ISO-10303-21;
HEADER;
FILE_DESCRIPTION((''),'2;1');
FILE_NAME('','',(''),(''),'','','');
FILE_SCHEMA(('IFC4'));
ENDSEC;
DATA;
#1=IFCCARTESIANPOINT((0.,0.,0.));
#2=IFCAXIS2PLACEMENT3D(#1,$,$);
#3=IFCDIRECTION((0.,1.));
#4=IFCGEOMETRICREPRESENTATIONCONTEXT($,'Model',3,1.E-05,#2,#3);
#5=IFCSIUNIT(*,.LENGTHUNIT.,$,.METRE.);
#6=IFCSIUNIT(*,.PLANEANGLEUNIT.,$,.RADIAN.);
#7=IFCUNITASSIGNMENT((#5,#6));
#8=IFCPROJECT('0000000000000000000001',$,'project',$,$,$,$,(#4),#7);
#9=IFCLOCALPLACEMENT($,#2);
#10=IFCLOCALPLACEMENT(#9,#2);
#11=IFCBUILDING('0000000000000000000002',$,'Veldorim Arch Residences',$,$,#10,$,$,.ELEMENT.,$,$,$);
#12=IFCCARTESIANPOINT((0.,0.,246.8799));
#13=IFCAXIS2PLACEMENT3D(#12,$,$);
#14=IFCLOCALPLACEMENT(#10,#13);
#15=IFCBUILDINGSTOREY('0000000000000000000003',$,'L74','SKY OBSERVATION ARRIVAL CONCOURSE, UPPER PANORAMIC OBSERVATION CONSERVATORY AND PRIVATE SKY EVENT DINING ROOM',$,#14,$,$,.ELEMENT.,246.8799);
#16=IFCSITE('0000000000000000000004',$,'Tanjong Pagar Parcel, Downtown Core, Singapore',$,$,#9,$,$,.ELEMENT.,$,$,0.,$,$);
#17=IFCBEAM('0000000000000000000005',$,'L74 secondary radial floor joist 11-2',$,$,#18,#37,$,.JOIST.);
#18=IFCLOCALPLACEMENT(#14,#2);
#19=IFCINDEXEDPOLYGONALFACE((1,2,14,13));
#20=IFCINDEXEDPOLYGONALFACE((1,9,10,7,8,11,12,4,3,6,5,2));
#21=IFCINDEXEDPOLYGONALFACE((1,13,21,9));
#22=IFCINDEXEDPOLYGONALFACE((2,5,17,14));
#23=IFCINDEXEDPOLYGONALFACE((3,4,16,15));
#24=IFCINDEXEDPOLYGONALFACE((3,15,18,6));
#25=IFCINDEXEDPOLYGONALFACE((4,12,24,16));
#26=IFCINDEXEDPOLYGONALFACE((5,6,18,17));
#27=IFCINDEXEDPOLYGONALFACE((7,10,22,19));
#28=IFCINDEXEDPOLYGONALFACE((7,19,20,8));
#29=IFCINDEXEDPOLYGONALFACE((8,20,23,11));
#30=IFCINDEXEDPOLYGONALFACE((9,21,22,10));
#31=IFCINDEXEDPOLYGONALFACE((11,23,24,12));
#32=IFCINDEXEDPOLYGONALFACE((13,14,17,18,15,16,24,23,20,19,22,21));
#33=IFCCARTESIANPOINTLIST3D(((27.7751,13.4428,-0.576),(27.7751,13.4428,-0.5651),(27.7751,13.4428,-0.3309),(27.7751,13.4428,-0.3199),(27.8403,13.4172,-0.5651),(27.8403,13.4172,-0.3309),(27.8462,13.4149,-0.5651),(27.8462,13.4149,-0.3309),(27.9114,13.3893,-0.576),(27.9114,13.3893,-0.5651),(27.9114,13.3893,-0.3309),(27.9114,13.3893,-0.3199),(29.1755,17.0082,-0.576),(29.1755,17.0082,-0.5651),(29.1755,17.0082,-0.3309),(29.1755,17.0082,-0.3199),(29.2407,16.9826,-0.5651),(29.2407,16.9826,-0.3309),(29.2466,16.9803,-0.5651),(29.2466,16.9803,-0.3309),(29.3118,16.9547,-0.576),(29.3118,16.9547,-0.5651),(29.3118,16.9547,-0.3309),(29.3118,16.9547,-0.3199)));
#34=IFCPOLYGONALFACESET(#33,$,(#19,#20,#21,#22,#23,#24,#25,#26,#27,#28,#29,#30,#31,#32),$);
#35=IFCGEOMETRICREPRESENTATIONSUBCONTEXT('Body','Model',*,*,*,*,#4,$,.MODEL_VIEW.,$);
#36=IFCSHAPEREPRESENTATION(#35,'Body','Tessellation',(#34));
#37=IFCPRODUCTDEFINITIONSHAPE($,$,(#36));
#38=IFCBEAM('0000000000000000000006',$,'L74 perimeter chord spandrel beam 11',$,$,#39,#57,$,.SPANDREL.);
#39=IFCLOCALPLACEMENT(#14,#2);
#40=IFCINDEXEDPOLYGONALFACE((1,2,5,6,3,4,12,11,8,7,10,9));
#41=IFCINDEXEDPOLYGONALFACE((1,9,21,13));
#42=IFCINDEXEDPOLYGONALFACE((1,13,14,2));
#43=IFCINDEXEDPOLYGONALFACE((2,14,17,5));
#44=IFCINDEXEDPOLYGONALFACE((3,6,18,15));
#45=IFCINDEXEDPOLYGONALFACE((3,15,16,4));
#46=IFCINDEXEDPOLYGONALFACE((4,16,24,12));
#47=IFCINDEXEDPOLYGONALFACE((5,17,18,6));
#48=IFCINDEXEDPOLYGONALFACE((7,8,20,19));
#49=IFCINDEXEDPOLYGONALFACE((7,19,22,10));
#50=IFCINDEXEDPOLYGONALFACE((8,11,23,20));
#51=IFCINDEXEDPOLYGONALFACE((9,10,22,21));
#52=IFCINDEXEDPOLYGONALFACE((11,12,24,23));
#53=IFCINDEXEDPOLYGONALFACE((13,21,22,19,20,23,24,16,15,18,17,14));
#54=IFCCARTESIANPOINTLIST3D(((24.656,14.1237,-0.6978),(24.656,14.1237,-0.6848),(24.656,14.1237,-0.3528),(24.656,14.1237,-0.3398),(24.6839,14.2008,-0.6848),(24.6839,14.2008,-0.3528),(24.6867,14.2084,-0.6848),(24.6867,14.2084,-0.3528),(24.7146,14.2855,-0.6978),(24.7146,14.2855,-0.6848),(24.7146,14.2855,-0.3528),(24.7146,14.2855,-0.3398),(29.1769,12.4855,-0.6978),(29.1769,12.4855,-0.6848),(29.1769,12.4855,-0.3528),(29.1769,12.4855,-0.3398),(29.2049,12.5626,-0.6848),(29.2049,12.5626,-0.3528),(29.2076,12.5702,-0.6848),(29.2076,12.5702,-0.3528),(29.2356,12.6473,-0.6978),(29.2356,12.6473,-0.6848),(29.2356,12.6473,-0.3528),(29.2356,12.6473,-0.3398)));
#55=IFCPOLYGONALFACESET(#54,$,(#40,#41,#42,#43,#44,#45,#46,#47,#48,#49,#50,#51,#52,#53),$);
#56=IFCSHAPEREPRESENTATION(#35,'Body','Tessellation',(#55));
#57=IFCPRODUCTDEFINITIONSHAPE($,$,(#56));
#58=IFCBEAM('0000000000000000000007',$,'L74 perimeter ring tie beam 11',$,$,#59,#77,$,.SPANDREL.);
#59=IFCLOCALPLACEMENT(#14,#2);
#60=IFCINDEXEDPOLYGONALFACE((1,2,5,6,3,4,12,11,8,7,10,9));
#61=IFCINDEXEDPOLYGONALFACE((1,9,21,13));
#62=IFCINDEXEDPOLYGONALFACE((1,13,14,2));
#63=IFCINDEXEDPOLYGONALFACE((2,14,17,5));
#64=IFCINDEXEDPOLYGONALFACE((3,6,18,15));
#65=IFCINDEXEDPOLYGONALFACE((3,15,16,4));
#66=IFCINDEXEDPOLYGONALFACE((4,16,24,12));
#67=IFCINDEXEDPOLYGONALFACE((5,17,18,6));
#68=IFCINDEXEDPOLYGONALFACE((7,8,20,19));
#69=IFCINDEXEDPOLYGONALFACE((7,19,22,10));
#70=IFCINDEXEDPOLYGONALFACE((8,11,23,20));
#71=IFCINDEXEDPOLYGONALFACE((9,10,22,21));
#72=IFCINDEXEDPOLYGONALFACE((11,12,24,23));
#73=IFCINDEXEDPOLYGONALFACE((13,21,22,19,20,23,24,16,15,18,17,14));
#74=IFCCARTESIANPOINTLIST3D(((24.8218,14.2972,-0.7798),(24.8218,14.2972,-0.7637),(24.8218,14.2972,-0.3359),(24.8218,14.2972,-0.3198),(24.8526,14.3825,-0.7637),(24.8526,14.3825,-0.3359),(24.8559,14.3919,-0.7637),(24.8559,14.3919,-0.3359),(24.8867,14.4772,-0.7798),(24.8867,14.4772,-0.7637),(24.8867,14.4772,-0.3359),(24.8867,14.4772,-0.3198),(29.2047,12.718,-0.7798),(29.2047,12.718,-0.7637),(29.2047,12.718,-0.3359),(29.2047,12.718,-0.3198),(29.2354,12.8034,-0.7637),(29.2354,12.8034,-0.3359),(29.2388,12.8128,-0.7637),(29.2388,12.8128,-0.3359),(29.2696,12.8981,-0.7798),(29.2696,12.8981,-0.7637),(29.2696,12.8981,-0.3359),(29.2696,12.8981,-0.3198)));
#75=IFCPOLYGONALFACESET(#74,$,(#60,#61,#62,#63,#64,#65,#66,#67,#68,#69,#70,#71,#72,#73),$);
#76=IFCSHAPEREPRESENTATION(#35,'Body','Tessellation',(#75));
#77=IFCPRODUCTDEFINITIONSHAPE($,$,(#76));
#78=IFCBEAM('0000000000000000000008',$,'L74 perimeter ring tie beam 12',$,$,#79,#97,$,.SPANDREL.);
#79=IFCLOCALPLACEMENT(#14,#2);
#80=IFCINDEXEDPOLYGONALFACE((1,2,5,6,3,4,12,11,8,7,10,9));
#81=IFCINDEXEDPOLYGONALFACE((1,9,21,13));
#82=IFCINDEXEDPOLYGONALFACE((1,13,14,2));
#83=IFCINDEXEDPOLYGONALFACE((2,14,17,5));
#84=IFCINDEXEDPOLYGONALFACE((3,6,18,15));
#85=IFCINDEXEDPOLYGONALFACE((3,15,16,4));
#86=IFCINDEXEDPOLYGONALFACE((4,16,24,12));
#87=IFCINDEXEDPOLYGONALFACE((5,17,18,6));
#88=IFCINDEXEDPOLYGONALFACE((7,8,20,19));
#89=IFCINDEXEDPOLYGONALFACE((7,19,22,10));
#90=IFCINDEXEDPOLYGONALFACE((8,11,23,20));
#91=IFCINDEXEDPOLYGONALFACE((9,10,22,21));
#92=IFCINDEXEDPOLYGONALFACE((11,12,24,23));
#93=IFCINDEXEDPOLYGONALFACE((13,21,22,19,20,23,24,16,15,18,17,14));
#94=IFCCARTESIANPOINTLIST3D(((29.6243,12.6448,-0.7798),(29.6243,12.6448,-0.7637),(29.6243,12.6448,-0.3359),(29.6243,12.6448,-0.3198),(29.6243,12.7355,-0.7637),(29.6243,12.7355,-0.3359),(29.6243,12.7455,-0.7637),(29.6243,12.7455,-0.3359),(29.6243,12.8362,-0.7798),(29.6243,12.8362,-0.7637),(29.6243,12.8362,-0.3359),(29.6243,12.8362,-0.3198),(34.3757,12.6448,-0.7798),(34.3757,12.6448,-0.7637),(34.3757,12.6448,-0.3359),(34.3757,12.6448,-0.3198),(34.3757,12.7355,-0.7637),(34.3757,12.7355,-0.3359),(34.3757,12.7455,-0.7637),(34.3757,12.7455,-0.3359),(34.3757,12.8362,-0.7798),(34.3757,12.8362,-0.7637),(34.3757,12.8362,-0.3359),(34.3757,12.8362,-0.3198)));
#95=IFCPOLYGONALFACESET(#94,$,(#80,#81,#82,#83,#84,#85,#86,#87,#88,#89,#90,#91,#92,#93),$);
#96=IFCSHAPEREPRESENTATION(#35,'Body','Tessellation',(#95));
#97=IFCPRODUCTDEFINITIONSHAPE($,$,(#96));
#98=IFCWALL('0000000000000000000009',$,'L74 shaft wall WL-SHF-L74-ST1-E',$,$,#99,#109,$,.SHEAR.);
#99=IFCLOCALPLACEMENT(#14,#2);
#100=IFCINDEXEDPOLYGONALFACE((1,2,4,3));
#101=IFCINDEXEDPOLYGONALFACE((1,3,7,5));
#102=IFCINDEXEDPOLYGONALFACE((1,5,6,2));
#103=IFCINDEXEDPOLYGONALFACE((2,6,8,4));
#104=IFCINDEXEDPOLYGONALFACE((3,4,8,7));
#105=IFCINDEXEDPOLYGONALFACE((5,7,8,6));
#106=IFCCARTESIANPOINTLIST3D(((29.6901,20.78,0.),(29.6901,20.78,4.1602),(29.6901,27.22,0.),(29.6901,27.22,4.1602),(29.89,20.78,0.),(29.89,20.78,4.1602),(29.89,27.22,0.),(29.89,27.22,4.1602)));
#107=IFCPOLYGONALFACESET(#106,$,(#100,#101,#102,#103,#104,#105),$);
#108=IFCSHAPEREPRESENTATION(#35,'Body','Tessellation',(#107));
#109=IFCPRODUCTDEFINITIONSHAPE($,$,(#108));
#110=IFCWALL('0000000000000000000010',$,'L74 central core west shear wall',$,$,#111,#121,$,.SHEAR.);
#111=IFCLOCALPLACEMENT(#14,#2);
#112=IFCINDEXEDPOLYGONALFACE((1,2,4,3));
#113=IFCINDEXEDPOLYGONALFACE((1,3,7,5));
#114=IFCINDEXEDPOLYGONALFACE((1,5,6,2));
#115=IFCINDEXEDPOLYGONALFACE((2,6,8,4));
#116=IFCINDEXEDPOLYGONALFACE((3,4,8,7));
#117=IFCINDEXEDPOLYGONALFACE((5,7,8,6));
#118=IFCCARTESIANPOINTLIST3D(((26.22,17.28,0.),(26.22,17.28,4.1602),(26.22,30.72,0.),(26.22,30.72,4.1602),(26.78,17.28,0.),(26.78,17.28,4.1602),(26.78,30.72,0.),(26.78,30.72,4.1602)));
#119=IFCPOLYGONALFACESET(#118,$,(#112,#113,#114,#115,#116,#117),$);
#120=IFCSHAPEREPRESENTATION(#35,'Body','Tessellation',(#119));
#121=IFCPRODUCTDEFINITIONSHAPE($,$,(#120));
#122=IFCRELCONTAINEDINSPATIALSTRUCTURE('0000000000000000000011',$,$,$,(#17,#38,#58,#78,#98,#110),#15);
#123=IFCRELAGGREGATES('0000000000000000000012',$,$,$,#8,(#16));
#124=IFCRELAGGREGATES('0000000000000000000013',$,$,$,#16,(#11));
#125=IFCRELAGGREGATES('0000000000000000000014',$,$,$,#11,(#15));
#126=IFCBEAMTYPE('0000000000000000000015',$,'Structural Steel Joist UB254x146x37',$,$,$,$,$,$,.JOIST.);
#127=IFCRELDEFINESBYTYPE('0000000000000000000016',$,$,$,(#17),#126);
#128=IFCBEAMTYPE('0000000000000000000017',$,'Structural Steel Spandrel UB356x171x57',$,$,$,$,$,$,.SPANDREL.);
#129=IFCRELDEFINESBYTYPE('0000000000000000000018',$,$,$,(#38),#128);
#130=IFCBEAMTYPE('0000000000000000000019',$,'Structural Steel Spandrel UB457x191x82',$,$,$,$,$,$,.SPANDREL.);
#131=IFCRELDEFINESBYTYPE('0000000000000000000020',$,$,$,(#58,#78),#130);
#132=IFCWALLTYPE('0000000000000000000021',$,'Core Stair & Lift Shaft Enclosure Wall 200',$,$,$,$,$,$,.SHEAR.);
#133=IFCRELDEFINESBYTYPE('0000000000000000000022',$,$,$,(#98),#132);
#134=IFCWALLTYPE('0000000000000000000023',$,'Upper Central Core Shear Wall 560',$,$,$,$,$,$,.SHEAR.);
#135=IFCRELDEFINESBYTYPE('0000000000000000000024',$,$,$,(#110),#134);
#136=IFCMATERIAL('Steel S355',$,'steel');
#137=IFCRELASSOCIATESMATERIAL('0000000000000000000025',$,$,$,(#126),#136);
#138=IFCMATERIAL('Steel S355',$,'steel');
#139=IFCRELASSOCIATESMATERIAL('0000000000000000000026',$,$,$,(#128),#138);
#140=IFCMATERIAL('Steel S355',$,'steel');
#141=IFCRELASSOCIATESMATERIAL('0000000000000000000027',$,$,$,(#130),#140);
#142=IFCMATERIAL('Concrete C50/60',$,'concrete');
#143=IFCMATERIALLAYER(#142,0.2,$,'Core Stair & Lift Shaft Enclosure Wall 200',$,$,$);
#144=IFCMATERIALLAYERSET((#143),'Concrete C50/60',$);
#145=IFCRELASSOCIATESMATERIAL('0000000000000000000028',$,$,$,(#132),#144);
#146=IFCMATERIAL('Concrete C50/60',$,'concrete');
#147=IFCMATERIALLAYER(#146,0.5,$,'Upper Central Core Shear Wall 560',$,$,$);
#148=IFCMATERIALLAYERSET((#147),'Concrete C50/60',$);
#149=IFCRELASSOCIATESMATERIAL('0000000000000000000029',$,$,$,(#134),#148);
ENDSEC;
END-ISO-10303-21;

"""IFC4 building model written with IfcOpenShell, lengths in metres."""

from ifc_helpers import new_model, si_unit, direction, frame, frame_2d, origin, origin_2d, place, context, subcontext, project, spatial, rectangle, i_section, extrude, material, layer, layer_set, material_profile, profile_set, type_object, element, save


model = new_model("IFC4")

# Units and contexts
model_context = context("Model", 3, precision=1e-05, world=origin(), true_north=direction((0.0, 1.0)))
body_context = subcontext(model_context, "Body", "Model", "MODEL_VIEW")
ifc_project = project(units=[si_unit("LENGTHUNIT", "METRE"), si_unit("PLANEANGLEUNIT", "RADIAN")], contexts=[model_context])

# Site, building, storey
site_placement = place(None, origin())
site = spatial("IfcSite", under=ifc_project, at=site_placement, Name="Tanjong Pagar Parcel, Downtown Core, Singapore", CompositionType="ELEMENT", RefElevation=0.0)
building_placement = place(site_placement, origin())
building = spatial("IfcBuilding", under=site, at=building_placement, Name="Veldorim Arch Residences", CompositionType="ELEMENT")
storey_placement = place(building_placement, frame((0.0, 0.0, 246.8799)))
storey = spatial("IfcBuildingStorey", under=building, at=storey_placement, Name="L74", Description="SKY OBSERVATION ARRIVAL CONCOURSE, UPPER PANORAMIC OBSERVATION CONSERVATORY AND PRIVATE SKY EVENT DINING ROOM", CompositionType="ELEMENT", Elevation=246.8799)

# Beams
ifc_material_1 = material(Name="Steel S355", Category="steel")
ifc_material_profile_1 = material_profile(ifc_material_1, i_section(OverallWidth=0.1465, OverallDepth=0.2561, WebThickness=0.0063, FlangeThickness=0.011, at=origin_2d()), Name="UB254x146x37")
ifc_profile_set_1 = profile_set([ifc_material_profile_1], Name="Steel S355")
beam_type_1 = type_object("IfcBeamType", Name="Structural Steel Joist UB254x146x37", PredefinedType="JOIST", material=ifc_profile_set_1)
beam_1_placement = place(storey_placement, frame((29.2437, 16.9814, -0.448), z_axis=(-0.365581, -0.930779, 0.0), x_axis=(0.930779, -0.365581, 0.0)))
element("IfcBeam", 1, at=beam_1_placement, inside=storey, type_object=beam_type_1, Name="L74 secondary radial floor joist 11-2", PredefinedType="JOIST", context=body_context, shape_type="SweptSolid", body=[
    extrude(i_section(OverallWidth=0.1465, OverallDepth=0.2561, WebThickness=0.0063, FlangeThickness=0.011, at=origin_2d()), origin(), (0.0, 0.0, 1.0), 3.8306),
])
ifc_material_2 = material(Name="Steel S355", Category="steel")
ifc_material_profile_2 = material_profile(ifc_material_2, i_section(OverallWidth=0.1721, OverallDepth=0.3579, WebThickness=0.0081, FlangeThickness=0.0129, at=origin_2d()), Name="UB356x171x57")
ifc_profile_set_2 = profile_set([ifc_material_profile_2], Name="Steel S355")
beam_type_2 = type_object("IfcBeamType", Name="Structural Steel Spandrel UB356x171x57", PredefinedType="SPANDREL", material=ifc_profile_set_2)
beam_2_placement = place(storey_placement, frame((24.6853, 14.2046, -0.5188), z_axis=(0.940181, -0.340675, 0.0), x_axis=(0.340675, 0.940181, 0.0)))
element("IfcBeam", 2, at=beam_2_placement, inside=storey, type_object=beam_type_2, Name="L74 perimeter chord spandrel beam 11", PredefinedType="SPANDREL", context=body_context, shape_type="SweptSolid", body=[
    extrude(i_section(OverallWidth=0.1721, OverallDepth=0.3579, WebThickness=0.0081, FlangeThickness=0.0129, at=origin_2d()), origin(), (0.0, 0.0, 1.0), 4.8086),
])
ifc_material_3 = material(Name="Steel S355", Category="steel")
ifc_material_profile_3 = material_profile(ifc_material_3, i_section(OverallWidth=0.1914, OverallDepth=0.46, WebThickness=0.01, FlangeThickness=0.0161, at=origin_2d()), Name="UB457x191x82")
ifc_profile_set_3 = profile_set([ifc_material_profile_3], Name="Steel S355")
beam_type_3 = type_object("IfcBeamType", Name="Structural Steel Spandrel UB457x191x82", PredefinedType="SPANDREL", material=ifc_profile_set_3)
beam_3_placement = place(storey_placement, frame((24.8542, 14.3872, -0.5498), z_axis=(0.940799, -0.338964, 0.0), x_axis=(0.338964, 0.940799, 0.0)))
element("IfcBeam", 3, at=beam_3_placement, inside=storey, type_object=beam_type_3, Name="L74 perimeter ring tie beam 11", PredefinedType="SPANDREL", context=body_context, shape_type="SweptSolid", body=[
    extrude(i_section(OverallWidth=0.1914, OverallDepth=0.46, WebThickness=0.01, FlangeThickness=0.0161, at=origin_2d()), origin(), (0.0, 0.0, 1.0), 4.6587),
])
beam_4_placement = place(storey_placement, frame((29.6243, 12.7405, -0.5498), z_axis=(1.0, 0.0, 0.0), x_axis=(0.0, 1.0, 0.0)))
element("IfcBeam", 4, at=beam_4_placement, inside=storey, type_object=beam_type_3, Name="L74 perimeter ring tie beam 12", PredefinedType="SPANDREL", context=body_context, shape_type="SweptSolid", body=[
    extrude(i_section(OverallWidth=0.1914, OverallDepth=0.46, WebThickness=0.01, FlangeThickness=0.0161, at=origin_2d()), origin(), (0.0, 0.0, 1.0), 4.7515),
])

# Wall
ifc_material_4 = material(Name="Concrete C50/60", Category="concrete")
ifc_layer_1 = layer(ifc_material_4, 0.2, Name="Core Stair & Lift Shaft Enclosure Wall 200")
ifc_layer_set_1 = layer_set([ifc_layer_1], Name="Concrete C50/60")
wall_type_1 = type_object("IfcWallType", Name="Core Stair & Lift Shaft Enclosure Wall 200", PredefinedType="SHEAR", material=ifc_layer_set_1)
wall_1_placement = place(storey_placement, frame((29.79, 20.78, 0.0), z_axis=(0.0, 0.0, 1.0), x_axis=(0.0, 1.0, 0.0)))
element("IfcWall", 5, at=wall_1_placement, inside=storey, type_object=wall_type_1, Name="L74 shaft wall WL-SHF-L74-ST1-E", PredefinedType="SHEAR", context=body_context, shape_type="SweptSolid", body=[
    extrude(rectangle(XDim=6.4399, YDim=0.2, at=frame_2d((3.22, 0.0))), origin(), (0.0, 0.0, 1.0), 4.1602),
])

# Shared definitions
ifc_material_5 = material(Name="Concrete C50/60", Category="concrete")
ifc_layer_2 = layer(ifc_material_5, 0.5, Name="Upper Central Core Shear Wall 560")
ifc_layer_set_2 = layer_set([ifc_layer_2], Name="Concrete C50/60")
wall_type_2 = type_object("IfcWallType", Name="Upper Central Core Shear Wall 560", PredefinedType="SHEAR", material=ifc_layer_set_2)

# Wall
wall_2_placement = place(storey_placement, frame((26.5, 17.28, 0.0), z_axis=(0.0, 0.0, 1.0), x_axis=(0.0, 1.0, 0.0)))
element("IfcWall", 6, at=wall_2_placement, inside=storey, type_object=wall_type_2, Name="L74 central core west shear wall", PredefinedType="SHEAR", context=body_context, shape_type="SweptSolid", body=[
    extrude(rectangle(XDim=13.4399, YDim=0.5601, at=frame_2d((6.72, 0.0))), origin(), (0.0, 0.0, 1.0), 4.1602),
])

save(model, "model.ifc")
